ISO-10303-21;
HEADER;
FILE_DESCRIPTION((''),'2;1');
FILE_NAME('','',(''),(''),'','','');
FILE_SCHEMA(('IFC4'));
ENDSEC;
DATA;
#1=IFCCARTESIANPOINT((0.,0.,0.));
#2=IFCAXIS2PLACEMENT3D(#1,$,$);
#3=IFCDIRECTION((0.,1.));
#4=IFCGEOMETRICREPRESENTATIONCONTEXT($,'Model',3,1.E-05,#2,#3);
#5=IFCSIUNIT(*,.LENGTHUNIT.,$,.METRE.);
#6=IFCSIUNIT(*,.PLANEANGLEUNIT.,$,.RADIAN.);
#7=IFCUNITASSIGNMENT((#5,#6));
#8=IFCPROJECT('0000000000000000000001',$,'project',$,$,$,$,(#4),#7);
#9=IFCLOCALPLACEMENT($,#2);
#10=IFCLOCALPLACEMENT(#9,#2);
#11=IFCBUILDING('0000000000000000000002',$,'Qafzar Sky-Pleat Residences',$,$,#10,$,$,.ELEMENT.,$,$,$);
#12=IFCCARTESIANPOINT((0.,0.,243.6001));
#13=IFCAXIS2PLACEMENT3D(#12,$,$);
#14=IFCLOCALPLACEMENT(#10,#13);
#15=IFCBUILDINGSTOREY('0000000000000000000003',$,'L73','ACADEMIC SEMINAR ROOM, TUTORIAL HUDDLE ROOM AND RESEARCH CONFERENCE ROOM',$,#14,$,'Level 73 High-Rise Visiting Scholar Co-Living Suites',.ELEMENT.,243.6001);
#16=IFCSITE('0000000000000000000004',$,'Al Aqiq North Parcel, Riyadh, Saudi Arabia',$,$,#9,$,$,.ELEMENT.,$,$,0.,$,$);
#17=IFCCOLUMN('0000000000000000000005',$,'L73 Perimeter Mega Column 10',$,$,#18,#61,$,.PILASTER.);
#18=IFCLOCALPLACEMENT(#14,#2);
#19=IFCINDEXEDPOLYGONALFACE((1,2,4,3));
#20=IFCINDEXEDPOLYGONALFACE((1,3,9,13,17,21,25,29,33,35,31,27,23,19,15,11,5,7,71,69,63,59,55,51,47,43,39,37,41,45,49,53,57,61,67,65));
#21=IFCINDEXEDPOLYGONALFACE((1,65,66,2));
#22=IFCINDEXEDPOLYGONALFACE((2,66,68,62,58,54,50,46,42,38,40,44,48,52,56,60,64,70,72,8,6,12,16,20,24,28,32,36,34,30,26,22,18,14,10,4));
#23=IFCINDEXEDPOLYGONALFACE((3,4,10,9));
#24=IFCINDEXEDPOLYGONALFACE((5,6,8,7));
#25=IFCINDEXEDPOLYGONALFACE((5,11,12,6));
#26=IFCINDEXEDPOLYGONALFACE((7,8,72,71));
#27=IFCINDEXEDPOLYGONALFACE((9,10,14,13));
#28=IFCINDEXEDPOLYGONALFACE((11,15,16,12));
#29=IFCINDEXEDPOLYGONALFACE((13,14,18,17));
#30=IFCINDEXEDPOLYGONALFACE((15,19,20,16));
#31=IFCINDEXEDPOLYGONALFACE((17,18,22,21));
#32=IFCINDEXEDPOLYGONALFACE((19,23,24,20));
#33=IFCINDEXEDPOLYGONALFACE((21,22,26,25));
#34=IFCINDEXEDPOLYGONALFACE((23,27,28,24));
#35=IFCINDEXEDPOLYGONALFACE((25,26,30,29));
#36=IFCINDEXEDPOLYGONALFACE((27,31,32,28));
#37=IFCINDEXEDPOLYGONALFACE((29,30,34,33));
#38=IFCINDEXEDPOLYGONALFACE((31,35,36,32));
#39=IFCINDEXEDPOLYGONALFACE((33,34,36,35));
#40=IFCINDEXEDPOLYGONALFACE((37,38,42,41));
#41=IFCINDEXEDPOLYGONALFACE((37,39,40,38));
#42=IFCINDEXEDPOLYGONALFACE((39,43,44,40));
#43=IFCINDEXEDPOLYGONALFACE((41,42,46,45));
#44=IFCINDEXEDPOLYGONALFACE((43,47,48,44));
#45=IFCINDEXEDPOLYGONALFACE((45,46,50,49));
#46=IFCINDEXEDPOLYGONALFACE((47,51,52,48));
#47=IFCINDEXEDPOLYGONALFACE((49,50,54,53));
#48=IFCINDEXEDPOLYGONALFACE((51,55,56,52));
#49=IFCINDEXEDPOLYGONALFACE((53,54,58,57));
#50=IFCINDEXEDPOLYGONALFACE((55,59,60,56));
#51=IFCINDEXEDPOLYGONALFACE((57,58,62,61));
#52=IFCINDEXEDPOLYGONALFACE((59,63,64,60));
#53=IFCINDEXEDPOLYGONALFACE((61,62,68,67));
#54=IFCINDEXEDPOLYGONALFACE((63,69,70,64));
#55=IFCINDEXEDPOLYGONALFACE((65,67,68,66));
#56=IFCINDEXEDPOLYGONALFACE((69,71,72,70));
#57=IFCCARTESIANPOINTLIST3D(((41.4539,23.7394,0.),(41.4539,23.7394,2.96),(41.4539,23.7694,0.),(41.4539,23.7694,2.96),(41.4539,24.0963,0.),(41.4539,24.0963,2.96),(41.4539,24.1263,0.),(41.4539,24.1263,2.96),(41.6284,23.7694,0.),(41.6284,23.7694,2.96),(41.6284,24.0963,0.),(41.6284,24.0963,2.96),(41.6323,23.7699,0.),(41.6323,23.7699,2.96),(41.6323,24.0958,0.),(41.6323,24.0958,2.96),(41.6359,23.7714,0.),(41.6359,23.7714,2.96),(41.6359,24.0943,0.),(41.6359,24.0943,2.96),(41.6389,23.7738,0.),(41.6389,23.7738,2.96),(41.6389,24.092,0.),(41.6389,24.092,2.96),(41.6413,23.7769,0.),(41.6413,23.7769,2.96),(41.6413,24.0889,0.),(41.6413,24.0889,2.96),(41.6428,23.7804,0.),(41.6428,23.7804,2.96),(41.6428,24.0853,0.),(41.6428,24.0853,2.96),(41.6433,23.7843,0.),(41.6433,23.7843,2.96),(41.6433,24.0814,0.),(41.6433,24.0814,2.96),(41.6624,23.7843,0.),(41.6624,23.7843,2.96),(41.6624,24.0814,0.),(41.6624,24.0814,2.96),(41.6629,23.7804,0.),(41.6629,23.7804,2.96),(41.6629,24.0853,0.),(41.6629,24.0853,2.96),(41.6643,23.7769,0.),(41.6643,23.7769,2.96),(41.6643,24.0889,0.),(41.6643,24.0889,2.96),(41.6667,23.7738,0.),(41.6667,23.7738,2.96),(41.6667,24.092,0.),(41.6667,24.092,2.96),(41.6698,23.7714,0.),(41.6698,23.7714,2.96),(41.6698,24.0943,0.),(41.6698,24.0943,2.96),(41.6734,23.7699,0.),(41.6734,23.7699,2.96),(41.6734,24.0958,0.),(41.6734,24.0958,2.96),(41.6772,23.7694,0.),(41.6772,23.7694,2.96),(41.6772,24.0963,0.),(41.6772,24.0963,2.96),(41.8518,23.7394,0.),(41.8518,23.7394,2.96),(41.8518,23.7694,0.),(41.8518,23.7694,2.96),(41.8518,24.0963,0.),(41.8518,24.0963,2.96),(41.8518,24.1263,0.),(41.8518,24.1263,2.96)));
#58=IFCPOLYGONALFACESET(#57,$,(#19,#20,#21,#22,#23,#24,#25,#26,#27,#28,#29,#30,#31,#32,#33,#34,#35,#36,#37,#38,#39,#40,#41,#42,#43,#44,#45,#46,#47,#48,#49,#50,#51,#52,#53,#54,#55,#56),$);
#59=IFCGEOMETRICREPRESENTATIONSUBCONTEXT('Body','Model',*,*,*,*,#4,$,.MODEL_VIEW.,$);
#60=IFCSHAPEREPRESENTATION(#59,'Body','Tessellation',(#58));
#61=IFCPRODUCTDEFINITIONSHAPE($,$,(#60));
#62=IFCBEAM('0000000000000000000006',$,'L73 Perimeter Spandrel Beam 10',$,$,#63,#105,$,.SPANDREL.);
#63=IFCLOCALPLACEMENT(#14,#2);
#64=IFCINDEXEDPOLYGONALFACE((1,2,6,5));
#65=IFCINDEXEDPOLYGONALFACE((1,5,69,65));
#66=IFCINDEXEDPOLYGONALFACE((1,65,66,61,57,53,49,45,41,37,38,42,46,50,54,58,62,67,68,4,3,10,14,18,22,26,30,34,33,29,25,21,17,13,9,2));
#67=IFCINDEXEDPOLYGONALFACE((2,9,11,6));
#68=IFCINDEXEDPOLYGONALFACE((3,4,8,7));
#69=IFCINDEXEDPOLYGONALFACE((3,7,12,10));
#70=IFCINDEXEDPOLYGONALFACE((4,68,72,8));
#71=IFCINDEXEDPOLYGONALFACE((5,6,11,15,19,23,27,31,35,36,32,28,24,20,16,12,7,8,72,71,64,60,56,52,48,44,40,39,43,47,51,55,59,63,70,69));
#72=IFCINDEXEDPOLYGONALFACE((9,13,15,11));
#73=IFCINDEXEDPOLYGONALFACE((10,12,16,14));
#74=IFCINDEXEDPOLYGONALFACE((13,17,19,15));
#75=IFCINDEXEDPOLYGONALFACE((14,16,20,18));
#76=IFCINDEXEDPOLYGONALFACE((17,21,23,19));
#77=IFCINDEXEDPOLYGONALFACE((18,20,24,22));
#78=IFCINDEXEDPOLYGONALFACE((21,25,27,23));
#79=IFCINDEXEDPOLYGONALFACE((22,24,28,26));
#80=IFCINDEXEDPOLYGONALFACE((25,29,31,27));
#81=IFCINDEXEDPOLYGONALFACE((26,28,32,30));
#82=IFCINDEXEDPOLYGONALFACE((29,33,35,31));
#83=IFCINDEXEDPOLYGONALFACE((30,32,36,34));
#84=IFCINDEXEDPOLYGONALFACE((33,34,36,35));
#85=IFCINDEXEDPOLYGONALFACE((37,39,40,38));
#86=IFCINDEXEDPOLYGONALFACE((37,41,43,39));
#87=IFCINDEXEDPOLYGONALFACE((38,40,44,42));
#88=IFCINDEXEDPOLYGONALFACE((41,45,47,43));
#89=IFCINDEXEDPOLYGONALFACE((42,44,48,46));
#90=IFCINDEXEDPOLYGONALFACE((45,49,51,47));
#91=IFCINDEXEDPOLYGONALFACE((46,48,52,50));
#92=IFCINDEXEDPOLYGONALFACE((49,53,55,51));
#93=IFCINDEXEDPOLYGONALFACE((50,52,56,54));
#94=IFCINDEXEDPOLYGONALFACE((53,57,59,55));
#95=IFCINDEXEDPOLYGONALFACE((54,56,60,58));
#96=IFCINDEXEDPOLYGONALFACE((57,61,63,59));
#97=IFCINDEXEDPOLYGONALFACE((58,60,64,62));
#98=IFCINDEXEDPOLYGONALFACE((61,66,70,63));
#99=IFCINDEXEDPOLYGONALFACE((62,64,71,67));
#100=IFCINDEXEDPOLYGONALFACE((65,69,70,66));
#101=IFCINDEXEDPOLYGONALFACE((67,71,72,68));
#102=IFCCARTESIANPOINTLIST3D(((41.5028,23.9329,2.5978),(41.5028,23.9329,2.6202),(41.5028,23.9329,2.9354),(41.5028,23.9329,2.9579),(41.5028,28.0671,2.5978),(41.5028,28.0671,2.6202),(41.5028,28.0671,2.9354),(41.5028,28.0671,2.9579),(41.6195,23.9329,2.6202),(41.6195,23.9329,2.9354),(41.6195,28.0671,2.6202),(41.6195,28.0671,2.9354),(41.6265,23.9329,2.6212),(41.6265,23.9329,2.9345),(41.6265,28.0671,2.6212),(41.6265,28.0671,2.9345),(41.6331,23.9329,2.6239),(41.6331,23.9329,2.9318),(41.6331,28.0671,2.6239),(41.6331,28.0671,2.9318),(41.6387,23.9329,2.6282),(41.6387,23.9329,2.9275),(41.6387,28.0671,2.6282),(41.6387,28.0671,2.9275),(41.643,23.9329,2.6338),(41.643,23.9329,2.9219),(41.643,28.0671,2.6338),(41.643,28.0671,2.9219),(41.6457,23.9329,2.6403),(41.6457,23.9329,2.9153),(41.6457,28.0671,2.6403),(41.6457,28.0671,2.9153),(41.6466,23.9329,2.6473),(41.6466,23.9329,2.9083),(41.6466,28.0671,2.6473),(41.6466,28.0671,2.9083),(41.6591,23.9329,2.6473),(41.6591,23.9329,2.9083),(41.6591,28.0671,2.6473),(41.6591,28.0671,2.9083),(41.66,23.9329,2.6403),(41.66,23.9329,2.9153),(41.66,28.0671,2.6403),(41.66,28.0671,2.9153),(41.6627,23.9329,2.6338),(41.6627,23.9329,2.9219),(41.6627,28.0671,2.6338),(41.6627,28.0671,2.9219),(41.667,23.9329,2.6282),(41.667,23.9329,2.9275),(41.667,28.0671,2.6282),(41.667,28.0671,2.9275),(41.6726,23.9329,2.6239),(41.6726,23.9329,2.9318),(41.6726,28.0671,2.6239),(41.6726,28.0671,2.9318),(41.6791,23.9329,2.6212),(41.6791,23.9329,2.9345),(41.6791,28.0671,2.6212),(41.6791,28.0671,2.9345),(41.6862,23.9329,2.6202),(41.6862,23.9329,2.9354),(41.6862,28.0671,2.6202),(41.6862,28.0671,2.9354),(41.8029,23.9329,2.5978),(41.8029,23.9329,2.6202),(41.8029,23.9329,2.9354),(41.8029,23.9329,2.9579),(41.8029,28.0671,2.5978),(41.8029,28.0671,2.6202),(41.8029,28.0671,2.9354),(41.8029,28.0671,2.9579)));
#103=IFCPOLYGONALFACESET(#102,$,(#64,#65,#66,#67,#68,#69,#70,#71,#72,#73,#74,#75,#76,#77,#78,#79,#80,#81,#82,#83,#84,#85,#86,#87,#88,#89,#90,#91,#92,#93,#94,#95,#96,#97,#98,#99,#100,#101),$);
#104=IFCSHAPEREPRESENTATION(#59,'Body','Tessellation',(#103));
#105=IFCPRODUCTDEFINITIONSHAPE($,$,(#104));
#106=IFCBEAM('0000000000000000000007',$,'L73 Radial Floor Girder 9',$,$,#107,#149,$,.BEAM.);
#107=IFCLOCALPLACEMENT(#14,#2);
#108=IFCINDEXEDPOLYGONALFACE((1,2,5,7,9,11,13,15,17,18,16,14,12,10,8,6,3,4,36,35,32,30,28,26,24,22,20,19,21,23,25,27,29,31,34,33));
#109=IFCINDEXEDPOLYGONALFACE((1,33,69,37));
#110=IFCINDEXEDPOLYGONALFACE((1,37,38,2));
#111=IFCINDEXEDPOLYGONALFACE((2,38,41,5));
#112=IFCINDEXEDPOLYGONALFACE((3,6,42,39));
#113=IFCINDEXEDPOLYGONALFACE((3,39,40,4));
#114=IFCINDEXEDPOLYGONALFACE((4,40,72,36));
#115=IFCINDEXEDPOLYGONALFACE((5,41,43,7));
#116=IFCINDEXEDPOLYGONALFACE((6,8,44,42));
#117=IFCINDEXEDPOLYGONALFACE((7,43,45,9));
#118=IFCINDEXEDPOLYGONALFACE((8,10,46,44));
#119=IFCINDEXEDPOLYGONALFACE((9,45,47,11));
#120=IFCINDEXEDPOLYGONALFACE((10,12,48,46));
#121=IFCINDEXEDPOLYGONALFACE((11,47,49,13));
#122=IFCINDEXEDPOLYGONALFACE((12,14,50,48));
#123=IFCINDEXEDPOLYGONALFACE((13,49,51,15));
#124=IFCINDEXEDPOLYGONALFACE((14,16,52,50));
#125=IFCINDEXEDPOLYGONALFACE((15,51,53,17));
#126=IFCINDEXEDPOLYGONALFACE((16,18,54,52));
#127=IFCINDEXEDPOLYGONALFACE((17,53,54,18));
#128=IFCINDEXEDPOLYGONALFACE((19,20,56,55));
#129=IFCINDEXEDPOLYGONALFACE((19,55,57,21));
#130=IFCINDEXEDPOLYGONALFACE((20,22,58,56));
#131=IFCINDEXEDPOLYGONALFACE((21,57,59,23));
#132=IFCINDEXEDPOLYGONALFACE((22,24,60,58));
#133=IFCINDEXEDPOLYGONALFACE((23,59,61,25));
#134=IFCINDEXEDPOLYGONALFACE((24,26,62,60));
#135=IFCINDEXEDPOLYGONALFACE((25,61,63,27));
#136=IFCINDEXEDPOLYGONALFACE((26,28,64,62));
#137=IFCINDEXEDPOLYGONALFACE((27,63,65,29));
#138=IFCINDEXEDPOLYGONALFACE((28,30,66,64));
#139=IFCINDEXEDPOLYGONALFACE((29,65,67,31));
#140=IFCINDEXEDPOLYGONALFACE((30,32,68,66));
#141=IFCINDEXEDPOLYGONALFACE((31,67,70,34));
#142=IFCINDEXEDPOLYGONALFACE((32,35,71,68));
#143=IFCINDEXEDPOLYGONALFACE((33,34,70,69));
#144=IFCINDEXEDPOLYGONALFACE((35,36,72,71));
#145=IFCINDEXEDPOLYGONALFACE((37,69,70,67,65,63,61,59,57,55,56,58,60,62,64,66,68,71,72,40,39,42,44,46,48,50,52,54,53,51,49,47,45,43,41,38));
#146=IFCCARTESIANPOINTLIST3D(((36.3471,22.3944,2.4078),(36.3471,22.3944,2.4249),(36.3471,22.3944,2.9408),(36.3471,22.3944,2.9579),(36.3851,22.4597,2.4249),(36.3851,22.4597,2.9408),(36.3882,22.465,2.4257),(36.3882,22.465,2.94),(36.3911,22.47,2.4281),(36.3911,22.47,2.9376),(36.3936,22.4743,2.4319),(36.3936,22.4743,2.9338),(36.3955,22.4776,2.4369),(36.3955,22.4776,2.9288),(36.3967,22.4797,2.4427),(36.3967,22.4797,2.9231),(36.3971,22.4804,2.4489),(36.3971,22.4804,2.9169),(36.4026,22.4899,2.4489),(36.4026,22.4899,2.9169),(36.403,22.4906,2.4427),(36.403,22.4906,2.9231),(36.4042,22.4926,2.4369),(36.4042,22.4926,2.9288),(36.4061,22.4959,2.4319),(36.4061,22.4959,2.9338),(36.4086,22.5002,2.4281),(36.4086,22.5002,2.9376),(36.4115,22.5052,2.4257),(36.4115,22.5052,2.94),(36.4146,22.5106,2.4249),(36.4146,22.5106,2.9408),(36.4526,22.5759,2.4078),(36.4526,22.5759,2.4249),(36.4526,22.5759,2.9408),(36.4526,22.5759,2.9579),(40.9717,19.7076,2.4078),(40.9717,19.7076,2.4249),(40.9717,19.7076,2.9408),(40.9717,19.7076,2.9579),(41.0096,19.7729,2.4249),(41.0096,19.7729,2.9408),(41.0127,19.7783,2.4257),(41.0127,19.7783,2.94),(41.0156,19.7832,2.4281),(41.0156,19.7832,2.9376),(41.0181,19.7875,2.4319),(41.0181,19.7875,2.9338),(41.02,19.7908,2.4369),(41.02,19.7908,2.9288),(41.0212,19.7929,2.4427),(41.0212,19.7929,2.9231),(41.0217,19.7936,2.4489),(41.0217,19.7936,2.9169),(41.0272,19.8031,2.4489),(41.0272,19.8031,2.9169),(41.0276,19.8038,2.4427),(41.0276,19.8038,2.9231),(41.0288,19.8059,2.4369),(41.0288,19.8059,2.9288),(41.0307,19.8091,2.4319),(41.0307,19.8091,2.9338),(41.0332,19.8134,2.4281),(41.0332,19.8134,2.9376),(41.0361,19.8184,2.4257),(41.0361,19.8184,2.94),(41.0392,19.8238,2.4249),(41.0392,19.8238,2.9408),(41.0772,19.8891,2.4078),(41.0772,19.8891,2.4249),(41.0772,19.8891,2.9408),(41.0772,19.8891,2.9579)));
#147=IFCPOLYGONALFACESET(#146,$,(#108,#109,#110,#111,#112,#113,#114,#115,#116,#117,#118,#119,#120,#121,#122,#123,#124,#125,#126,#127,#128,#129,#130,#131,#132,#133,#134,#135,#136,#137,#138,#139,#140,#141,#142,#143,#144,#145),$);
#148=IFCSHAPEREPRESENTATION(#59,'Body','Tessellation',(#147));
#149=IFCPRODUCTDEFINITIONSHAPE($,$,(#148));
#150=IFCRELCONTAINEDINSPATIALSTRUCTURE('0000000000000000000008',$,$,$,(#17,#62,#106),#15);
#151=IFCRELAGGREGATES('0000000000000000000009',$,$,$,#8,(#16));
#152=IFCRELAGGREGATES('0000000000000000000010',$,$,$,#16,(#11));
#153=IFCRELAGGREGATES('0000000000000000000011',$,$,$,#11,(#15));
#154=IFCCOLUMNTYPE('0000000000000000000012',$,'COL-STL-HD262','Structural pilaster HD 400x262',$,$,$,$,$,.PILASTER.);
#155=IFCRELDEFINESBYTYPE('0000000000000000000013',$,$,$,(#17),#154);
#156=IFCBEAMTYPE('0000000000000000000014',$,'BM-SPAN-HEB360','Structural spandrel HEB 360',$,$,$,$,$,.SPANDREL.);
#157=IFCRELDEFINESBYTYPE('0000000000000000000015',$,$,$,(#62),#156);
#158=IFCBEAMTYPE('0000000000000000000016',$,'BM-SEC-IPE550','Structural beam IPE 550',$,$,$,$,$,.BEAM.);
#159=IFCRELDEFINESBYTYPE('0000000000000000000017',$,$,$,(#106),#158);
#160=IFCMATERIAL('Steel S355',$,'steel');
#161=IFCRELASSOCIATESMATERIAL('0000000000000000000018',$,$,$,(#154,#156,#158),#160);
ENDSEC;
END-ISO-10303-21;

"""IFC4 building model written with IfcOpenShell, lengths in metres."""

from ifc_helpers import new_model, si_unit, direction, frame, origin, origin_2d, place, context, subcontext, project, spatial, i_section, extrude, source, transform, mapped, material, material_profile, profile_set, type_object, element, save


model = new_model("IFC4")

# Units and contexts
model_context = context("Model", 3, precision=1e-05, world=origin(), true_north=direction((0.0, 1.0)))
body_context = subcontext(model_context, "Body", "Model", "MODEL_VIEW")
ifc_project = project(units=[si_unit("LENGTHUNIT", "METRE"), si_unit("PLANEANGLEUNIT", "RADIAN")], contexts=[model_context])

# Site, building, storey
site_placement = place(None, origin())
site = spatial("IfcSite", under=ifc_project, at=site_placement, Name="Al Aqiq North Parcel, Riyadh, Saudi Arabia", CompositionType="ELEMENT", RefElevation=0.0)
building_placement = place(site_placement, origin())
building = spatial("IfcBuilding", under=site, at=building_placement, Name="Qafzar Sky-Pleat Residences", CompositionType="ELEMENT")
storey_placement = place(building_placement, frame((0.0, 0.0, 243.6001)))
storey = spatial("IfcBuildingStorey", under=building, at=storey_placement, Name="L73", Description="ACADEMIC SEMINAR ROOM, TUTORIAL HUDDLE ROOM AND RESEARCH CONFERENCE ROOM", LongName="Level 73 High-Rise Visiting Scholar Co-Living Suites", CompositionType="ELEMENT", Elevation=243.6001)

# Column
ifc_material_1 = material(Name="Steel S355", Category="steel")
ifc_material_profile_1 = material_profile(ifc_material_1, i_section(OverallWidth=0.3979, OverallDepth=0.387, WebThickness=0.019, FlangeThickness=0.03, FilletRadius=0.0149, at=origin_2d()), Name="HD 400x262")
ifc_profile_set_1 = profile_set([ifc_material_profile_1], Name="Steel S355")
column_type = type_object("IfcColumnType", Name="COL-STL-HD262", Description="Structural pilaster HD 400x262", PredefinedType="PILASTER", material=ifc_profile_set_1)
shared_shape_1 = source(origin(), body_context, "Body", "SweptSolid", [
    extrude(i_section(OverallWidth=0.3979, OverallDepth=0.387, WebThickness=0.019, FlangeThickness=0.03, FilletRadius=0.0149, at=origin_2d()), origin(), (0.0, 0.0, 1.0), 2.96),
])
column_placement = place(storey_placement, frame((41.6528, 23.9329, 0.0), z_axis=(0.0, 0.0, 1.0), x_axis=(1.0, 0.0, 0.0)))
element("IfcColumn", 1, at=column_placement, inside=storey, type_object=column_type, Name="L73 Perimeter Mega Column 10", PredefinedType="PILASTER", context=body_context, shape_type="MappedRepresentation", body=[
    mapped(shared_shape_1, transform((0.0, 0.0, 0.0), x_axis=(1.0, 0.0, 0.0), y_axis=(0.0, 1.0, 0.0), z_axis=(0.0, 0.0, 1.0), scale=1.0)),
])

# Beams
ifc_material_profile_2 = material_profile(ifc_material_1, i_section(OverallWidth=0.3, OverallDepth=0.3601, WebThickness=0.0125, FlangeThickness=0.0225, FilletRadius=0.0271, at=origin_2d()), Name="HEB 360")
ifc_profile_set_2 = profile_set([ifc_material_profile_2], Name="Steel S355")
beam_type_1 = type_object("IfcBeamType", Name="BM-SPAN-HEB360", Description="Structural spandrel HEB 360", PredefinedType="SPANDREL", material=ifc_profile_set_2)
shared_shape_2 = source(origin(), body_context, "Body", "SweptSolid", [
    extrude(i_section(OverallWidth=0.3, OverallDepth=0.3601, WebThickness=0.0125, FlangeThickness=0.0225, FilletRadius=0.0271, at=origin_2d()), origin(), (0.0, 0.0, 1.0), 4.1343),
])
beam_1_placement = place(storey_placement, frame((41.6528, 23.9329, 2.7778), z_axis=(0.0, 1.0, 0.0), x_axis=(-1.0, 0.0, 0.0)))
element("IfcBeam", 2, at=beam_1_placement, inside=storey, type_object=beam_type_1, Name="L73 Perimeter Spandrel Beam 10", PredefinedType="SPANDREL", context=body_context, shape_type="MappedRepresentation", body=[
    mapped(shared_shape_2, transform((0.0, 0.0, 0.0), x_axis=(1.0, 0.0, 0.0), y_axis=(0.0, 1.0, 0.0), z_axis=(0.0, 0.0, 1.0), scale=1.0)),
])
ifc_material_profile_3 = material_profile(ifc_material_1, i_section(OverallWidth=0.21, OverallDepth=0.55, WebThickness=0.011, FlangeThickness=0.0171, FilletRadius=0.0239, at=origin_2d()), Name="IPE 550")
ifc_profile_set_3 = profile_set([ifc_material_profile_3], Name="Steel S355")
beam_type_2 = type_object("IfcBeamType", Name="BM-SEC-IPE550", Description="Structural beam IPE 550", PredefinedType="BEAM", material=ifc_profile_set_3)
shared_shape_3 = source(origin(), body_context, "Body", "SweptSolid", [
    extrude(i_section(OverallWidth=0.21, OverallDepth=0.55, WebThickness=0.011, FlangeThickness=0.0171, FilletRadius=0.0239, at=origin_2d()), origin(), (0.0, 0.0, 1.0), 5.3484),
])
beam_2_placement = place(storey_placement, frame((41.0244, 19.7983, 2.6829), z_axis=(-0.864662, 0.502355, 0.0), x_axis=(-0.502355, -0.864662, 0.0)))
element("IfcBeam", 3, at=beam_2_placement, inside=storey, type_object=beam_type_2, Name="L73 Radial Floor Girder 9", PredefinedType="BEAM", context=body_context, shape_type="MappedRepresentation", body=[
    mapped(shared_shape_3, transform((0.0, 0.0, 0.0), x_axis=(1.0, 0.0, 0.0), y_axis=(0.0, 1.0, 0.0), z_axis=(0.0, 0.0, 1.0), scale=1.0)),
])

save(model, "model.ifc")
